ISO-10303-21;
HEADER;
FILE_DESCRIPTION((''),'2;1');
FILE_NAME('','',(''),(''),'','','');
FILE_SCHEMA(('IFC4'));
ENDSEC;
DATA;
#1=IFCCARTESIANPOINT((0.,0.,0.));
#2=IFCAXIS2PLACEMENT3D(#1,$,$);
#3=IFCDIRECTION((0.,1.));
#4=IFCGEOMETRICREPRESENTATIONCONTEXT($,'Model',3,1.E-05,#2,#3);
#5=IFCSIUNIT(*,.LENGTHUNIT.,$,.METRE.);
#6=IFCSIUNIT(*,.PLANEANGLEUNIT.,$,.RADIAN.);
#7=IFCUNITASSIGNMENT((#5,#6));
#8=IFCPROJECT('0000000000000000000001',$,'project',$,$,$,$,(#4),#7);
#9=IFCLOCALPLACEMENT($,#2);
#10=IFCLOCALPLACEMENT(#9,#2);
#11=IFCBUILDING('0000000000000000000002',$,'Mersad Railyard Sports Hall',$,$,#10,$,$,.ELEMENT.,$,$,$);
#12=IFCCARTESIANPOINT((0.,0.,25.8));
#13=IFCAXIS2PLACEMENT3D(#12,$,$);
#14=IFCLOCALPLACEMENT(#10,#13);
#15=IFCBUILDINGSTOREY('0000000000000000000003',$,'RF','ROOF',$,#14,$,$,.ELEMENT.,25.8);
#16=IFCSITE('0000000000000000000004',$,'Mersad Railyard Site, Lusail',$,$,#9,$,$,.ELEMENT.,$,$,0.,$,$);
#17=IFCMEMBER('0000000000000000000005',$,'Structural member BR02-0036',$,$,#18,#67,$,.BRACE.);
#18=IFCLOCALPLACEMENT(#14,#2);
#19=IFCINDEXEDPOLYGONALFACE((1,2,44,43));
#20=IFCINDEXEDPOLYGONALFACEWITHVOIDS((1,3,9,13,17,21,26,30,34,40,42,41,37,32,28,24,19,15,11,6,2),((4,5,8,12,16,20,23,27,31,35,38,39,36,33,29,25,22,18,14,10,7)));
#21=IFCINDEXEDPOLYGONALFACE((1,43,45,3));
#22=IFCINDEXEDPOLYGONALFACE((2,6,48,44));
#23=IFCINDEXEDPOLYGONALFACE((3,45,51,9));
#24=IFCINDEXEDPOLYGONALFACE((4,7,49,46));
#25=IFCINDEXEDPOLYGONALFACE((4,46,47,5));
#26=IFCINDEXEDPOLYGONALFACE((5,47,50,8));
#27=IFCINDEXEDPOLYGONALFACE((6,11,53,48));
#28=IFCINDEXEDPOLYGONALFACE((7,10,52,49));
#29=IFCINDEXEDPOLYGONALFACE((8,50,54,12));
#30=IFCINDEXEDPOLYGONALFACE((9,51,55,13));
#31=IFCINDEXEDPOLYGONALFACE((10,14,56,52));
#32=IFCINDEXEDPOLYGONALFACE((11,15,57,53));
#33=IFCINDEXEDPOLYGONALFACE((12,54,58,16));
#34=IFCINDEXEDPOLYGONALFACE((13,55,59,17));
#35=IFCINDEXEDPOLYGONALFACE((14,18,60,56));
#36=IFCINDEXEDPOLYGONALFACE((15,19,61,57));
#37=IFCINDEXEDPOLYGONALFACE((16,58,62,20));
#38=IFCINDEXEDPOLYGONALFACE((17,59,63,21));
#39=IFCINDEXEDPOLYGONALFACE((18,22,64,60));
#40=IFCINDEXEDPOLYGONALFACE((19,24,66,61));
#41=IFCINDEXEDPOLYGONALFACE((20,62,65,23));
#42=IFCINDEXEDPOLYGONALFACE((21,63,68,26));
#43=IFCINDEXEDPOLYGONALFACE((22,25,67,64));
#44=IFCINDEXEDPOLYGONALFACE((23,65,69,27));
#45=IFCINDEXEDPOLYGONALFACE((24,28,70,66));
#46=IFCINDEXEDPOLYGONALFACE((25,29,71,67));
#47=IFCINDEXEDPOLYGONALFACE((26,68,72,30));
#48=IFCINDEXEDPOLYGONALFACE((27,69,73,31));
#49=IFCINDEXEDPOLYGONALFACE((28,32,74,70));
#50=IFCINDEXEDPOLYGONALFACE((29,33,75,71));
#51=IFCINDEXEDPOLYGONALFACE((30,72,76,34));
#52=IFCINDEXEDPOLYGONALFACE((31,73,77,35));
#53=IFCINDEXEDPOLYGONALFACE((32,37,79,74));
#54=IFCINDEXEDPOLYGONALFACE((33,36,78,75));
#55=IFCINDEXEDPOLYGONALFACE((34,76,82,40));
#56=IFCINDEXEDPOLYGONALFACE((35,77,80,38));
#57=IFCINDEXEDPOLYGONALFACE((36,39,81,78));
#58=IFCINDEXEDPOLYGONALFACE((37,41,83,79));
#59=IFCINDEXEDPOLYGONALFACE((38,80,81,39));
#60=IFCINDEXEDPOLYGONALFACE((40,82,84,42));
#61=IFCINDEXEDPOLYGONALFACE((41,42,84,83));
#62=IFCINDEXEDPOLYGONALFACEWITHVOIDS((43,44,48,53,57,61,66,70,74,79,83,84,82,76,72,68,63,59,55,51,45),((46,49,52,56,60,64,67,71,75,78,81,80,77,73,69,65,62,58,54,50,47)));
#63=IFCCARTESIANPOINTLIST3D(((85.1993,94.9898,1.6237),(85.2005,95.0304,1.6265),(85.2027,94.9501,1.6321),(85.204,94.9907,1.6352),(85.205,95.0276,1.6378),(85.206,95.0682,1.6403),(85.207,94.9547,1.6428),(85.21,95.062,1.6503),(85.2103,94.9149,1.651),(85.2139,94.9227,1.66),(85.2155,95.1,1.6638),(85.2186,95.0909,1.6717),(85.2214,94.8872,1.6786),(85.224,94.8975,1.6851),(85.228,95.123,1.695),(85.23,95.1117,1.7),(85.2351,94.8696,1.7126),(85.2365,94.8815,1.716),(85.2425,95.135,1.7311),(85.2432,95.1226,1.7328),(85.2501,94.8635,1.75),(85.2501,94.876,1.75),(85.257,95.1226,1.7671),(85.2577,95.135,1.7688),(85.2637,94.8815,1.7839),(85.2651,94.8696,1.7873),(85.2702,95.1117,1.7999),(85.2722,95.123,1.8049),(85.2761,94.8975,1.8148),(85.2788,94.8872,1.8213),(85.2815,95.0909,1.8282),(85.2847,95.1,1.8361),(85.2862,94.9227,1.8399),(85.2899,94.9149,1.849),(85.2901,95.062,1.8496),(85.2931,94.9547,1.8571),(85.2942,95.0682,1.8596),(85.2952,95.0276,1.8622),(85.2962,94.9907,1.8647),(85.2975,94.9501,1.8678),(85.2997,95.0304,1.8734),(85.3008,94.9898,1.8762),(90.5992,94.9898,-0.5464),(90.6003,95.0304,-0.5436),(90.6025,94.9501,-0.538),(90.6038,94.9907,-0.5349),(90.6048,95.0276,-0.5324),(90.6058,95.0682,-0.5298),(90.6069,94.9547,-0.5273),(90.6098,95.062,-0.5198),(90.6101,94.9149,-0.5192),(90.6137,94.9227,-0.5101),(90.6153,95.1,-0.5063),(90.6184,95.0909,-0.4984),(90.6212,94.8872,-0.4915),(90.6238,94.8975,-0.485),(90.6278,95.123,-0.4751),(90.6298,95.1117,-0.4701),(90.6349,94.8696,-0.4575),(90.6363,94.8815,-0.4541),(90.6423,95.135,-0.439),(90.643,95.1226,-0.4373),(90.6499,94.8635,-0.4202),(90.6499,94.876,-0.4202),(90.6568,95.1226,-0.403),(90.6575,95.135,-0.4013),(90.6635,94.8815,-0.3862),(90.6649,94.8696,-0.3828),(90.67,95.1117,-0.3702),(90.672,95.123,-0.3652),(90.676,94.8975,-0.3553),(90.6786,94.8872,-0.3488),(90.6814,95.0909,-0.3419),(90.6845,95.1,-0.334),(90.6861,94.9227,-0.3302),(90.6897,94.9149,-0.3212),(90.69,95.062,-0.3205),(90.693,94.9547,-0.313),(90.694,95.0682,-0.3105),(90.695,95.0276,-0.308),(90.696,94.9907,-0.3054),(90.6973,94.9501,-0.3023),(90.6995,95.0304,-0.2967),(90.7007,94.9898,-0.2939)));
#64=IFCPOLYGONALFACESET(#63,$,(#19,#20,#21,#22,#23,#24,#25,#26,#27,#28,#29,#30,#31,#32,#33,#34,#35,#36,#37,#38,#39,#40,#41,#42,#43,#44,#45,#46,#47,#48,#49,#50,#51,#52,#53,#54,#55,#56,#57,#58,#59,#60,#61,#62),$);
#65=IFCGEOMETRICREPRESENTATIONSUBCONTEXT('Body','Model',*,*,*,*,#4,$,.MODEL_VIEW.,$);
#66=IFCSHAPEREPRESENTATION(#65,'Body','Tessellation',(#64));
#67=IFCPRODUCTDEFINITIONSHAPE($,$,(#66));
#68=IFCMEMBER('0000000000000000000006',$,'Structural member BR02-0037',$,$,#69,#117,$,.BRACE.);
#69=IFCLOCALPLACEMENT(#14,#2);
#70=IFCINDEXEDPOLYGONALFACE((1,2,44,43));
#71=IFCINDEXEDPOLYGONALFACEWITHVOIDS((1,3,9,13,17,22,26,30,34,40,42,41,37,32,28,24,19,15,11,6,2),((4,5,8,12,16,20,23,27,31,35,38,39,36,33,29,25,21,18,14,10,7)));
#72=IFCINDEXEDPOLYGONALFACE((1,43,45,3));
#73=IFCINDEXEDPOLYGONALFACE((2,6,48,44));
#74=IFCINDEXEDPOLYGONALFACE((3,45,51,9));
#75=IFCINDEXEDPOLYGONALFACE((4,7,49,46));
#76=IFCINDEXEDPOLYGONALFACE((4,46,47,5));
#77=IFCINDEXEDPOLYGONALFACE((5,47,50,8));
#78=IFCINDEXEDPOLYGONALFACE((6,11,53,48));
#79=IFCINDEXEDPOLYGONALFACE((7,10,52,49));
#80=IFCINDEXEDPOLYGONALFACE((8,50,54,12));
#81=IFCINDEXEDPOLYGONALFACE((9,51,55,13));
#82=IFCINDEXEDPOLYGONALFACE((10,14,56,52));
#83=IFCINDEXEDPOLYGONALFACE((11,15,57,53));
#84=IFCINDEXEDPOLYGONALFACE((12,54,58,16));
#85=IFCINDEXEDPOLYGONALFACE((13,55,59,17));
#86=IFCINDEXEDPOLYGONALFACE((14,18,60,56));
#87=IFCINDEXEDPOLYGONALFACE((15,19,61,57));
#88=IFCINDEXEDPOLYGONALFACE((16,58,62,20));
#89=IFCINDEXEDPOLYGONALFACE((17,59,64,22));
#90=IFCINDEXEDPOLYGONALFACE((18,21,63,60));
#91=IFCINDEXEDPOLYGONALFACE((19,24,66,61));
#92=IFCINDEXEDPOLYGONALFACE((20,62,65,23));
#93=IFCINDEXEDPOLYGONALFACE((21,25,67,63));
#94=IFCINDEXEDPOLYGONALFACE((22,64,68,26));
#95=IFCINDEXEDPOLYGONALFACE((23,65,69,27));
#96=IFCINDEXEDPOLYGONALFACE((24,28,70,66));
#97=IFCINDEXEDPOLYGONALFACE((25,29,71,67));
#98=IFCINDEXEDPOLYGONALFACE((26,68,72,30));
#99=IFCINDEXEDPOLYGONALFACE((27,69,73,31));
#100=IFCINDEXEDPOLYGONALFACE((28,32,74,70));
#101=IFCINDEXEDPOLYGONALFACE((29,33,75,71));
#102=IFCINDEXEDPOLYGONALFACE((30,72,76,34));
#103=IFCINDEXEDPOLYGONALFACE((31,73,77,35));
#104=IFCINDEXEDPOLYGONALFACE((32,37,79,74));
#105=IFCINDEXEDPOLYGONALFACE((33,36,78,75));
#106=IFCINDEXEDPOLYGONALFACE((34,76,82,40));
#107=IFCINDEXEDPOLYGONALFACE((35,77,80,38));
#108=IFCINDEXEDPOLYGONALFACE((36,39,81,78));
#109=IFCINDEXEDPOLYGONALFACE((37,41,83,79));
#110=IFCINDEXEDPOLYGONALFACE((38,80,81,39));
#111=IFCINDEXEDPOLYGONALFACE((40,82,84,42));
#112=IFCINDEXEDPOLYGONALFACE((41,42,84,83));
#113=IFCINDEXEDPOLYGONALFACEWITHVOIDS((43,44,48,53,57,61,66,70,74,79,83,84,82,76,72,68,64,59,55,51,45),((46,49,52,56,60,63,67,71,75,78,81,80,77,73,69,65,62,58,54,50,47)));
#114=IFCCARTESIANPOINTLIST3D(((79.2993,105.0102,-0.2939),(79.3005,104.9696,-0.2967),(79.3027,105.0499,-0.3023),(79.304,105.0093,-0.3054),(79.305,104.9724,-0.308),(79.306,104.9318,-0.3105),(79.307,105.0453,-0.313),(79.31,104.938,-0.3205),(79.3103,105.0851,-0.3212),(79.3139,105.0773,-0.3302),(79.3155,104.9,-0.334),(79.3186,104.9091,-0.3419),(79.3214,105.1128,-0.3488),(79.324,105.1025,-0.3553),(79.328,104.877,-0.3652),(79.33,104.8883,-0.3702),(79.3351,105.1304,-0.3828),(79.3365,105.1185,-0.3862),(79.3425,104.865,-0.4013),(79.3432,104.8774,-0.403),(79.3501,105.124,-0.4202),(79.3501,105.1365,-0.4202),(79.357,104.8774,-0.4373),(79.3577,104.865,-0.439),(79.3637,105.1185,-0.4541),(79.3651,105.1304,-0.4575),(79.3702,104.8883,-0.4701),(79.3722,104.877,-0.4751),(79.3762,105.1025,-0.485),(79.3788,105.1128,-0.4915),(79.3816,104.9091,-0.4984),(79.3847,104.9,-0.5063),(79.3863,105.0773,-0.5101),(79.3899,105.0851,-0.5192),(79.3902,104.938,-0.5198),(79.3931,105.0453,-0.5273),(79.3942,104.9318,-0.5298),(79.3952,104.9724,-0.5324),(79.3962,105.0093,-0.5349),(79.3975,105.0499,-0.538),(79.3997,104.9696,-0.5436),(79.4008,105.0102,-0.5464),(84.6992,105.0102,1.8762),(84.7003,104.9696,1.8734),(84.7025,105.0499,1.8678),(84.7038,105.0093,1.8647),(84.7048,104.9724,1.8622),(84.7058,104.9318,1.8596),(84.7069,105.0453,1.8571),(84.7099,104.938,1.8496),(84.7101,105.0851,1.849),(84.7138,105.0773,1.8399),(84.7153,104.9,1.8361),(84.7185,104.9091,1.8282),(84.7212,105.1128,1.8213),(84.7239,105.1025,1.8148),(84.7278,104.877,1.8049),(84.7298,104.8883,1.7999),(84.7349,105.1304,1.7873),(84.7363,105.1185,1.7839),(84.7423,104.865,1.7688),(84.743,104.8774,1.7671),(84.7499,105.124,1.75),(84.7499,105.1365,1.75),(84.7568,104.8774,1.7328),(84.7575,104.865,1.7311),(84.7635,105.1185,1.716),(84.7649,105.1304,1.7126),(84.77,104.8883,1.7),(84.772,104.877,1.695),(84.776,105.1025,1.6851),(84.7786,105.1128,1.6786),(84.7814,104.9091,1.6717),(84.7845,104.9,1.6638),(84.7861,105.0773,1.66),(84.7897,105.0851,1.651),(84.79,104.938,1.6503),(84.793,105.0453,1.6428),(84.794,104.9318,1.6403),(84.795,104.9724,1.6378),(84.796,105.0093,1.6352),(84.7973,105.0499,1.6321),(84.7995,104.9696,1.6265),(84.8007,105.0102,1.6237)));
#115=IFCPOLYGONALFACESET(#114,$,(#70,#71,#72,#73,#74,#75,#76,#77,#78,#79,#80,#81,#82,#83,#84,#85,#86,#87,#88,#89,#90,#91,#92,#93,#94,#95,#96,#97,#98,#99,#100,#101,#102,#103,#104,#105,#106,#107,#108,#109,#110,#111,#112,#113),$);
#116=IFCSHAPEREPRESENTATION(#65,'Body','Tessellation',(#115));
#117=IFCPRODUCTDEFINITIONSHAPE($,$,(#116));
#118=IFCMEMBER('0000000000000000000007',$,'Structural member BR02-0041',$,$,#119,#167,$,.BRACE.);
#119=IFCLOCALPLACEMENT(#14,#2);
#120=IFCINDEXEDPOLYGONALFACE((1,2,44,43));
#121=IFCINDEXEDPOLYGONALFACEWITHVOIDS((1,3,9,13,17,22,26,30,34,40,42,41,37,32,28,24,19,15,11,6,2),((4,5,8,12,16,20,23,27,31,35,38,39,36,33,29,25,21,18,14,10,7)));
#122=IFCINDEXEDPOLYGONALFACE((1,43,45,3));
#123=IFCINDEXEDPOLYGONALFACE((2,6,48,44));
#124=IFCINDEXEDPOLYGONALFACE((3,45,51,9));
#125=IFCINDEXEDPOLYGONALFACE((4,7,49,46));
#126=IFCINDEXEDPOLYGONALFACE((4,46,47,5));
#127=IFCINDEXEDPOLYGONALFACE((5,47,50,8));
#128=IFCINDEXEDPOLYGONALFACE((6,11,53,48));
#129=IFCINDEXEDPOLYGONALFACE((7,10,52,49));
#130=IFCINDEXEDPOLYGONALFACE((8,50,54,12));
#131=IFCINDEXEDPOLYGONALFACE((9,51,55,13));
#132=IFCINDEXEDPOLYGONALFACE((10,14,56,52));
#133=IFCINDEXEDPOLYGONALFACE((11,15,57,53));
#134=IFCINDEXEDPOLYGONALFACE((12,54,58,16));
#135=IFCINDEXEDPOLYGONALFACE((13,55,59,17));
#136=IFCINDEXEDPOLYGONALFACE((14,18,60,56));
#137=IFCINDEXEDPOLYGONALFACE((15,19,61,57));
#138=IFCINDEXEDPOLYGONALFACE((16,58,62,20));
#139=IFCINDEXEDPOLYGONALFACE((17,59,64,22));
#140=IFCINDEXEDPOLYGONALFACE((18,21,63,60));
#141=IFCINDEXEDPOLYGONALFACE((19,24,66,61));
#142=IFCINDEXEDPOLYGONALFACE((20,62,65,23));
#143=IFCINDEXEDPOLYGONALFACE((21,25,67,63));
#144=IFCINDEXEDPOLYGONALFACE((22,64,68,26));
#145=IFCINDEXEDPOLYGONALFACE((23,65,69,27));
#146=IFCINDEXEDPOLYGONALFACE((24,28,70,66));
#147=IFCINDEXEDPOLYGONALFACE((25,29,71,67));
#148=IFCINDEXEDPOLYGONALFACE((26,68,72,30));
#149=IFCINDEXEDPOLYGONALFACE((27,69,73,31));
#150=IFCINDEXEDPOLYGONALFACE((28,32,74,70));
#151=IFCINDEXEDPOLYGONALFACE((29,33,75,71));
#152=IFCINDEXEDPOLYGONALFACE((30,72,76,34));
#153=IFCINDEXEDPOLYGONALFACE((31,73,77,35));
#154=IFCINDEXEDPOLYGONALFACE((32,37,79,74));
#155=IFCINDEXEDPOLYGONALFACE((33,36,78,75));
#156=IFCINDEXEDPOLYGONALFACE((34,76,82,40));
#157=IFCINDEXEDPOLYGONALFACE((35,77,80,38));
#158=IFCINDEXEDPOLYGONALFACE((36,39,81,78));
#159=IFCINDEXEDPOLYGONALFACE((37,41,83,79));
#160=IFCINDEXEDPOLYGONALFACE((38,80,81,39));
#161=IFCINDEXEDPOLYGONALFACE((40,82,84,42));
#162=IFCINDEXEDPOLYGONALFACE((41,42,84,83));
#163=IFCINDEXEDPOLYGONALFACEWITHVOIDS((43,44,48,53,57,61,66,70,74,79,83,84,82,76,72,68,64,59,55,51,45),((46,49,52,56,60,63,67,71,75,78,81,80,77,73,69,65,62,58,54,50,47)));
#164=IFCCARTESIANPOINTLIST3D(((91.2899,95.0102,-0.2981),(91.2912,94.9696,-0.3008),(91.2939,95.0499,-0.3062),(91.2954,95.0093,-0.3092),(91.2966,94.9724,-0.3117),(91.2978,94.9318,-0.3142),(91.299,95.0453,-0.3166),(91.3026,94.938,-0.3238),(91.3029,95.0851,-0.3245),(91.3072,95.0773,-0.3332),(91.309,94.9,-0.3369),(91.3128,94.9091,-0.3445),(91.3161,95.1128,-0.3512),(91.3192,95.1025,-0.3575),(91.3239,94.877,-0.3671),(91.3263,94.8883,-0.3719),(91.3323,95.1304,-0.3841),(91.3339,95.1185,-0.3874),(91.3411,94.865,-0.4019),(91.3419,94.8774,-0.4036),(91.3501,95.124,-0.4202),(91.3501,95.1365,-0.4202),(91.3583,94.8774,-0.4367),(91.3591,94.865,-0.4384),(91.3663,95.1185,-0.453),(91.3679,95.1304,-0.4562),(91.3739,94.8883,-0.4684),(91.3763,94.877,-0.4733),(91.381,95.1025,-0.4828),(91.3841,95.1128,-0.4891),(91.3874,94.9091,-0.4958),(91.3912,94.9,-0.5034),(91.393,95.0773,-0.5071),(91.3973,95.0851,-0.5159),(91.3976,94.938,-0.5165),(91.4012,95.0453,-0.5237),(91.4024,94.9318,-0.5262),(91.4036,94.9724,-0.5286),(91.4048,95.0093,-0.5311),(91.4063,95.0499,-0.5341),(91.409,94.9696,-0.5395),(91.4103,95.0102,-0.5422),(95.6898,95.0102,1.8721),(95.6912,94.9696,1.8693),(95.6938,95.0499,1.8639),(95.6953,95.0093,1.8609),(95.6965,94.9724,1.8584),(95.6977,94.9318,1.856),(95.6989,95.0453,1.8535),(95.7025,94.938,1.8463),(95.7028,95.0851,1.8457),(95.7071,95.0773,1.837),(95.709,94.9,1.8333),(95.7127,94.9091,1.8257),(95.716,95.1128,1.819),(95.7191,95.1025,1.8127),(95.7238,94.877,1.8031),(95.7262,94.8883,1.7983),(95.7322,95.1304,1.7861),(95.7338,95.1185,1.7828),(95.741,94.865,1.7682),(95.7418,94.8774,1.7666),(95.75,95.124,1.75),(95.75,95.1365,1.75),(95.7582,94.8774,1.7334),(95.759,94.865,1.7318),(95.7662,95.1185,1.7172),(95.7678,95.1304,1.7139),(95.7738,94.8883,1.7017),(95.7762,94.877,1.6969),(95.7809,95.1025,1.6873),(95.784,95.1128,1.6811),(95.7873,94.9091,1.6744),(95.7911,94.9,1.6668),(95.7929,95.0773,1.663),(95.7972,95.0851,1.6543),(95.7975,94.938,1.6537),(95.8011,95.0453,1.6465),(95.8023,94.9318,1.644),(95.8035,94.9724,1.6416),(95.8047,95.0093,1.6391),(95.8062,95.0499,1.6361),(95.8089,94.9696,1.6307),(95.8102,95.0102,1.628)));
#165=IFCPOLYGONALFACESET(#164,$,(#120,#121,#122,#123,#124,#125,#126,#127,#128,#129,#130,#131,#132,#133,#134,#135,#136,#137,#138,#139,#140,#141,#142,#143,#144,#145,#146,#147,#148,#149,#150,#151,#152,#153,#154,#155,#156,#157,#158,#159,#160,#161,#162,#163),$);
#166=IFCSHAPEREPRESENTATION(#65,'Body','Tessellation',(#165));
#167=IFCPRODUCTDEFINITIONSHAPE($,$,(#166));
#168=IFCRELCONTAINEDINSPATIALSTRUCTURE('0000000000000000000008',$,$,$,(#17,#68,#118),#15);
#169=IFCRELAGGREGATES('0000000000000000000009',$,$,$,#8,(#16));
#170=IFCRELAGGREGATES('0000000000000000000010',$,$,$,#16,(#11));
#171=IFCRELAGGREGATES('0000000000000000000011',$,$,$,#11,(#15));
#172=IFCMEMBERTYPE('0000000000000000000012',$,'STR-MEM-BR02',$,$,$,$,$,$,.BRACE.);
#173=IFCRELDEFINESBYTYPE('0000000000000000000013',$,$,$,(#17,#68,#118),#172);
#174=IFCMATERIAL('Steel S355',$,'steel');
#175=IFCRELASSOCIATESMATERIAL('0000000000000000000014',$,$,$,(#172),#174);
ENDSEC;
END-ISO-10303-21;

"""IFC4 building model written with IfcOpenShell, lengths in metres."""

from ifc_helpers import new_model, si_unit, direction, frame, origin, origin_2d, place, context, subcontext, project, spatial, hollow_circle, extrude, material, material_profile, profile_set, type_object, element, save


model = new_model("IFC4")

# Units and contexts
model_context = context("Model", 3, precision=1e-05, world=origin(), true_north=direction((0.0, 1.0)))
body_context = subcontext(model_context, "Body", "Model", "MODEL_VIEW")
ifc_project = project(units=[si_unit("LENGTHUNIT", "METRE"), si_unit("PLANEANGLEUNIT", "RADIAN")], contexts=[model_context])

# Site, building, storey
site_placement = place(None, origin())
site = spatial("IfcSite", under=ifc_project, at=site_placement, Name="Mersad Railyard Site, Lusail", CompositionType="ELEMENT", RefElevation=0.0)
building_placement = place(site_placement, origin())
building = spatial("IfcBuilding", under=site, at=building_placement, Name="Mersad Railyard Sports Hall", CompositionType="ELEMENT")
storey_placement = place(building_placement, frame((0.0, 0.0, 25.8)))
storey = spatial("IfcBuildingStorey", under=building, at=storey_placement, Name="RF", Description="ROOF", CompositionType="ELEMENT", Elevation=25.8)

# Shared definitions
ifc_material_1 = material(Name="Steel S355", Category="steel")

# Members
ifc_material_profile_1 = material_profile(ifc_material_1, hollow_circle(Radius=0.1365, WallThickness=0.0125, at=origin_2d()), Name="CHS 273x12.5")
ifc_profile_set_1 = profile_set([ifc_material_profile_1], Name="Steel S355")
member_type_1 = type_object("IfcMemberType", Name="STR-MEM-BR02", PredefinedType="BRACE", material=ifc_profile_set_1)
for number, where, z_axis, x_axis, name in (
    (1, (90.6499, 95.0, -0.4202), (-0.927871, 0.0, 0.372902), (0.0, -1.0, 0.0), "Structural member BR02-0036"),
    (2, (79.3501, 105.0, -0.4202), (0.927871, 0.0, 0.372902), (0.0, 1.0, 0.0), "Structural member BR02-0037"),
):
    element("IfcMember", number, at=place(storey_placement, frame(where, z_axis=z_axis, x_axis=x_axis)), inside=storey, type_object=member_type_1, Name=name, PredefinedType="BRACE", context=body_context, shape_type="SweptSolid", body=[
        extrude(hollow_circle(Radius=0.1365, WallThickness=0.0125, at=origin_2d()), origin(), (0.0, 0.0, 1.0), 5.8196),
    ])
member_1_placement = place(storey_placement, frame((91.3501, 95.0, -0.4202), z_axis=(0.896842, 0.0, 0.44235), x_axis=(0.0, 1.0, 0.0)))
element("IfcMember", 3, at=member_1_placement, inside=storey, type_object=member_type_1, Name="Structural member BR02-0041", PredefinedType="BRACE", context=body_context, shape_type="SweptSolid", body=[
    extrude(hollow_circle(Radius=0.1365, WallThickness=0.0125, at=origin_2d()), origin(), (0.0, 0.0, 1.0), 4.906),
])

save(model, "model.ifc")
